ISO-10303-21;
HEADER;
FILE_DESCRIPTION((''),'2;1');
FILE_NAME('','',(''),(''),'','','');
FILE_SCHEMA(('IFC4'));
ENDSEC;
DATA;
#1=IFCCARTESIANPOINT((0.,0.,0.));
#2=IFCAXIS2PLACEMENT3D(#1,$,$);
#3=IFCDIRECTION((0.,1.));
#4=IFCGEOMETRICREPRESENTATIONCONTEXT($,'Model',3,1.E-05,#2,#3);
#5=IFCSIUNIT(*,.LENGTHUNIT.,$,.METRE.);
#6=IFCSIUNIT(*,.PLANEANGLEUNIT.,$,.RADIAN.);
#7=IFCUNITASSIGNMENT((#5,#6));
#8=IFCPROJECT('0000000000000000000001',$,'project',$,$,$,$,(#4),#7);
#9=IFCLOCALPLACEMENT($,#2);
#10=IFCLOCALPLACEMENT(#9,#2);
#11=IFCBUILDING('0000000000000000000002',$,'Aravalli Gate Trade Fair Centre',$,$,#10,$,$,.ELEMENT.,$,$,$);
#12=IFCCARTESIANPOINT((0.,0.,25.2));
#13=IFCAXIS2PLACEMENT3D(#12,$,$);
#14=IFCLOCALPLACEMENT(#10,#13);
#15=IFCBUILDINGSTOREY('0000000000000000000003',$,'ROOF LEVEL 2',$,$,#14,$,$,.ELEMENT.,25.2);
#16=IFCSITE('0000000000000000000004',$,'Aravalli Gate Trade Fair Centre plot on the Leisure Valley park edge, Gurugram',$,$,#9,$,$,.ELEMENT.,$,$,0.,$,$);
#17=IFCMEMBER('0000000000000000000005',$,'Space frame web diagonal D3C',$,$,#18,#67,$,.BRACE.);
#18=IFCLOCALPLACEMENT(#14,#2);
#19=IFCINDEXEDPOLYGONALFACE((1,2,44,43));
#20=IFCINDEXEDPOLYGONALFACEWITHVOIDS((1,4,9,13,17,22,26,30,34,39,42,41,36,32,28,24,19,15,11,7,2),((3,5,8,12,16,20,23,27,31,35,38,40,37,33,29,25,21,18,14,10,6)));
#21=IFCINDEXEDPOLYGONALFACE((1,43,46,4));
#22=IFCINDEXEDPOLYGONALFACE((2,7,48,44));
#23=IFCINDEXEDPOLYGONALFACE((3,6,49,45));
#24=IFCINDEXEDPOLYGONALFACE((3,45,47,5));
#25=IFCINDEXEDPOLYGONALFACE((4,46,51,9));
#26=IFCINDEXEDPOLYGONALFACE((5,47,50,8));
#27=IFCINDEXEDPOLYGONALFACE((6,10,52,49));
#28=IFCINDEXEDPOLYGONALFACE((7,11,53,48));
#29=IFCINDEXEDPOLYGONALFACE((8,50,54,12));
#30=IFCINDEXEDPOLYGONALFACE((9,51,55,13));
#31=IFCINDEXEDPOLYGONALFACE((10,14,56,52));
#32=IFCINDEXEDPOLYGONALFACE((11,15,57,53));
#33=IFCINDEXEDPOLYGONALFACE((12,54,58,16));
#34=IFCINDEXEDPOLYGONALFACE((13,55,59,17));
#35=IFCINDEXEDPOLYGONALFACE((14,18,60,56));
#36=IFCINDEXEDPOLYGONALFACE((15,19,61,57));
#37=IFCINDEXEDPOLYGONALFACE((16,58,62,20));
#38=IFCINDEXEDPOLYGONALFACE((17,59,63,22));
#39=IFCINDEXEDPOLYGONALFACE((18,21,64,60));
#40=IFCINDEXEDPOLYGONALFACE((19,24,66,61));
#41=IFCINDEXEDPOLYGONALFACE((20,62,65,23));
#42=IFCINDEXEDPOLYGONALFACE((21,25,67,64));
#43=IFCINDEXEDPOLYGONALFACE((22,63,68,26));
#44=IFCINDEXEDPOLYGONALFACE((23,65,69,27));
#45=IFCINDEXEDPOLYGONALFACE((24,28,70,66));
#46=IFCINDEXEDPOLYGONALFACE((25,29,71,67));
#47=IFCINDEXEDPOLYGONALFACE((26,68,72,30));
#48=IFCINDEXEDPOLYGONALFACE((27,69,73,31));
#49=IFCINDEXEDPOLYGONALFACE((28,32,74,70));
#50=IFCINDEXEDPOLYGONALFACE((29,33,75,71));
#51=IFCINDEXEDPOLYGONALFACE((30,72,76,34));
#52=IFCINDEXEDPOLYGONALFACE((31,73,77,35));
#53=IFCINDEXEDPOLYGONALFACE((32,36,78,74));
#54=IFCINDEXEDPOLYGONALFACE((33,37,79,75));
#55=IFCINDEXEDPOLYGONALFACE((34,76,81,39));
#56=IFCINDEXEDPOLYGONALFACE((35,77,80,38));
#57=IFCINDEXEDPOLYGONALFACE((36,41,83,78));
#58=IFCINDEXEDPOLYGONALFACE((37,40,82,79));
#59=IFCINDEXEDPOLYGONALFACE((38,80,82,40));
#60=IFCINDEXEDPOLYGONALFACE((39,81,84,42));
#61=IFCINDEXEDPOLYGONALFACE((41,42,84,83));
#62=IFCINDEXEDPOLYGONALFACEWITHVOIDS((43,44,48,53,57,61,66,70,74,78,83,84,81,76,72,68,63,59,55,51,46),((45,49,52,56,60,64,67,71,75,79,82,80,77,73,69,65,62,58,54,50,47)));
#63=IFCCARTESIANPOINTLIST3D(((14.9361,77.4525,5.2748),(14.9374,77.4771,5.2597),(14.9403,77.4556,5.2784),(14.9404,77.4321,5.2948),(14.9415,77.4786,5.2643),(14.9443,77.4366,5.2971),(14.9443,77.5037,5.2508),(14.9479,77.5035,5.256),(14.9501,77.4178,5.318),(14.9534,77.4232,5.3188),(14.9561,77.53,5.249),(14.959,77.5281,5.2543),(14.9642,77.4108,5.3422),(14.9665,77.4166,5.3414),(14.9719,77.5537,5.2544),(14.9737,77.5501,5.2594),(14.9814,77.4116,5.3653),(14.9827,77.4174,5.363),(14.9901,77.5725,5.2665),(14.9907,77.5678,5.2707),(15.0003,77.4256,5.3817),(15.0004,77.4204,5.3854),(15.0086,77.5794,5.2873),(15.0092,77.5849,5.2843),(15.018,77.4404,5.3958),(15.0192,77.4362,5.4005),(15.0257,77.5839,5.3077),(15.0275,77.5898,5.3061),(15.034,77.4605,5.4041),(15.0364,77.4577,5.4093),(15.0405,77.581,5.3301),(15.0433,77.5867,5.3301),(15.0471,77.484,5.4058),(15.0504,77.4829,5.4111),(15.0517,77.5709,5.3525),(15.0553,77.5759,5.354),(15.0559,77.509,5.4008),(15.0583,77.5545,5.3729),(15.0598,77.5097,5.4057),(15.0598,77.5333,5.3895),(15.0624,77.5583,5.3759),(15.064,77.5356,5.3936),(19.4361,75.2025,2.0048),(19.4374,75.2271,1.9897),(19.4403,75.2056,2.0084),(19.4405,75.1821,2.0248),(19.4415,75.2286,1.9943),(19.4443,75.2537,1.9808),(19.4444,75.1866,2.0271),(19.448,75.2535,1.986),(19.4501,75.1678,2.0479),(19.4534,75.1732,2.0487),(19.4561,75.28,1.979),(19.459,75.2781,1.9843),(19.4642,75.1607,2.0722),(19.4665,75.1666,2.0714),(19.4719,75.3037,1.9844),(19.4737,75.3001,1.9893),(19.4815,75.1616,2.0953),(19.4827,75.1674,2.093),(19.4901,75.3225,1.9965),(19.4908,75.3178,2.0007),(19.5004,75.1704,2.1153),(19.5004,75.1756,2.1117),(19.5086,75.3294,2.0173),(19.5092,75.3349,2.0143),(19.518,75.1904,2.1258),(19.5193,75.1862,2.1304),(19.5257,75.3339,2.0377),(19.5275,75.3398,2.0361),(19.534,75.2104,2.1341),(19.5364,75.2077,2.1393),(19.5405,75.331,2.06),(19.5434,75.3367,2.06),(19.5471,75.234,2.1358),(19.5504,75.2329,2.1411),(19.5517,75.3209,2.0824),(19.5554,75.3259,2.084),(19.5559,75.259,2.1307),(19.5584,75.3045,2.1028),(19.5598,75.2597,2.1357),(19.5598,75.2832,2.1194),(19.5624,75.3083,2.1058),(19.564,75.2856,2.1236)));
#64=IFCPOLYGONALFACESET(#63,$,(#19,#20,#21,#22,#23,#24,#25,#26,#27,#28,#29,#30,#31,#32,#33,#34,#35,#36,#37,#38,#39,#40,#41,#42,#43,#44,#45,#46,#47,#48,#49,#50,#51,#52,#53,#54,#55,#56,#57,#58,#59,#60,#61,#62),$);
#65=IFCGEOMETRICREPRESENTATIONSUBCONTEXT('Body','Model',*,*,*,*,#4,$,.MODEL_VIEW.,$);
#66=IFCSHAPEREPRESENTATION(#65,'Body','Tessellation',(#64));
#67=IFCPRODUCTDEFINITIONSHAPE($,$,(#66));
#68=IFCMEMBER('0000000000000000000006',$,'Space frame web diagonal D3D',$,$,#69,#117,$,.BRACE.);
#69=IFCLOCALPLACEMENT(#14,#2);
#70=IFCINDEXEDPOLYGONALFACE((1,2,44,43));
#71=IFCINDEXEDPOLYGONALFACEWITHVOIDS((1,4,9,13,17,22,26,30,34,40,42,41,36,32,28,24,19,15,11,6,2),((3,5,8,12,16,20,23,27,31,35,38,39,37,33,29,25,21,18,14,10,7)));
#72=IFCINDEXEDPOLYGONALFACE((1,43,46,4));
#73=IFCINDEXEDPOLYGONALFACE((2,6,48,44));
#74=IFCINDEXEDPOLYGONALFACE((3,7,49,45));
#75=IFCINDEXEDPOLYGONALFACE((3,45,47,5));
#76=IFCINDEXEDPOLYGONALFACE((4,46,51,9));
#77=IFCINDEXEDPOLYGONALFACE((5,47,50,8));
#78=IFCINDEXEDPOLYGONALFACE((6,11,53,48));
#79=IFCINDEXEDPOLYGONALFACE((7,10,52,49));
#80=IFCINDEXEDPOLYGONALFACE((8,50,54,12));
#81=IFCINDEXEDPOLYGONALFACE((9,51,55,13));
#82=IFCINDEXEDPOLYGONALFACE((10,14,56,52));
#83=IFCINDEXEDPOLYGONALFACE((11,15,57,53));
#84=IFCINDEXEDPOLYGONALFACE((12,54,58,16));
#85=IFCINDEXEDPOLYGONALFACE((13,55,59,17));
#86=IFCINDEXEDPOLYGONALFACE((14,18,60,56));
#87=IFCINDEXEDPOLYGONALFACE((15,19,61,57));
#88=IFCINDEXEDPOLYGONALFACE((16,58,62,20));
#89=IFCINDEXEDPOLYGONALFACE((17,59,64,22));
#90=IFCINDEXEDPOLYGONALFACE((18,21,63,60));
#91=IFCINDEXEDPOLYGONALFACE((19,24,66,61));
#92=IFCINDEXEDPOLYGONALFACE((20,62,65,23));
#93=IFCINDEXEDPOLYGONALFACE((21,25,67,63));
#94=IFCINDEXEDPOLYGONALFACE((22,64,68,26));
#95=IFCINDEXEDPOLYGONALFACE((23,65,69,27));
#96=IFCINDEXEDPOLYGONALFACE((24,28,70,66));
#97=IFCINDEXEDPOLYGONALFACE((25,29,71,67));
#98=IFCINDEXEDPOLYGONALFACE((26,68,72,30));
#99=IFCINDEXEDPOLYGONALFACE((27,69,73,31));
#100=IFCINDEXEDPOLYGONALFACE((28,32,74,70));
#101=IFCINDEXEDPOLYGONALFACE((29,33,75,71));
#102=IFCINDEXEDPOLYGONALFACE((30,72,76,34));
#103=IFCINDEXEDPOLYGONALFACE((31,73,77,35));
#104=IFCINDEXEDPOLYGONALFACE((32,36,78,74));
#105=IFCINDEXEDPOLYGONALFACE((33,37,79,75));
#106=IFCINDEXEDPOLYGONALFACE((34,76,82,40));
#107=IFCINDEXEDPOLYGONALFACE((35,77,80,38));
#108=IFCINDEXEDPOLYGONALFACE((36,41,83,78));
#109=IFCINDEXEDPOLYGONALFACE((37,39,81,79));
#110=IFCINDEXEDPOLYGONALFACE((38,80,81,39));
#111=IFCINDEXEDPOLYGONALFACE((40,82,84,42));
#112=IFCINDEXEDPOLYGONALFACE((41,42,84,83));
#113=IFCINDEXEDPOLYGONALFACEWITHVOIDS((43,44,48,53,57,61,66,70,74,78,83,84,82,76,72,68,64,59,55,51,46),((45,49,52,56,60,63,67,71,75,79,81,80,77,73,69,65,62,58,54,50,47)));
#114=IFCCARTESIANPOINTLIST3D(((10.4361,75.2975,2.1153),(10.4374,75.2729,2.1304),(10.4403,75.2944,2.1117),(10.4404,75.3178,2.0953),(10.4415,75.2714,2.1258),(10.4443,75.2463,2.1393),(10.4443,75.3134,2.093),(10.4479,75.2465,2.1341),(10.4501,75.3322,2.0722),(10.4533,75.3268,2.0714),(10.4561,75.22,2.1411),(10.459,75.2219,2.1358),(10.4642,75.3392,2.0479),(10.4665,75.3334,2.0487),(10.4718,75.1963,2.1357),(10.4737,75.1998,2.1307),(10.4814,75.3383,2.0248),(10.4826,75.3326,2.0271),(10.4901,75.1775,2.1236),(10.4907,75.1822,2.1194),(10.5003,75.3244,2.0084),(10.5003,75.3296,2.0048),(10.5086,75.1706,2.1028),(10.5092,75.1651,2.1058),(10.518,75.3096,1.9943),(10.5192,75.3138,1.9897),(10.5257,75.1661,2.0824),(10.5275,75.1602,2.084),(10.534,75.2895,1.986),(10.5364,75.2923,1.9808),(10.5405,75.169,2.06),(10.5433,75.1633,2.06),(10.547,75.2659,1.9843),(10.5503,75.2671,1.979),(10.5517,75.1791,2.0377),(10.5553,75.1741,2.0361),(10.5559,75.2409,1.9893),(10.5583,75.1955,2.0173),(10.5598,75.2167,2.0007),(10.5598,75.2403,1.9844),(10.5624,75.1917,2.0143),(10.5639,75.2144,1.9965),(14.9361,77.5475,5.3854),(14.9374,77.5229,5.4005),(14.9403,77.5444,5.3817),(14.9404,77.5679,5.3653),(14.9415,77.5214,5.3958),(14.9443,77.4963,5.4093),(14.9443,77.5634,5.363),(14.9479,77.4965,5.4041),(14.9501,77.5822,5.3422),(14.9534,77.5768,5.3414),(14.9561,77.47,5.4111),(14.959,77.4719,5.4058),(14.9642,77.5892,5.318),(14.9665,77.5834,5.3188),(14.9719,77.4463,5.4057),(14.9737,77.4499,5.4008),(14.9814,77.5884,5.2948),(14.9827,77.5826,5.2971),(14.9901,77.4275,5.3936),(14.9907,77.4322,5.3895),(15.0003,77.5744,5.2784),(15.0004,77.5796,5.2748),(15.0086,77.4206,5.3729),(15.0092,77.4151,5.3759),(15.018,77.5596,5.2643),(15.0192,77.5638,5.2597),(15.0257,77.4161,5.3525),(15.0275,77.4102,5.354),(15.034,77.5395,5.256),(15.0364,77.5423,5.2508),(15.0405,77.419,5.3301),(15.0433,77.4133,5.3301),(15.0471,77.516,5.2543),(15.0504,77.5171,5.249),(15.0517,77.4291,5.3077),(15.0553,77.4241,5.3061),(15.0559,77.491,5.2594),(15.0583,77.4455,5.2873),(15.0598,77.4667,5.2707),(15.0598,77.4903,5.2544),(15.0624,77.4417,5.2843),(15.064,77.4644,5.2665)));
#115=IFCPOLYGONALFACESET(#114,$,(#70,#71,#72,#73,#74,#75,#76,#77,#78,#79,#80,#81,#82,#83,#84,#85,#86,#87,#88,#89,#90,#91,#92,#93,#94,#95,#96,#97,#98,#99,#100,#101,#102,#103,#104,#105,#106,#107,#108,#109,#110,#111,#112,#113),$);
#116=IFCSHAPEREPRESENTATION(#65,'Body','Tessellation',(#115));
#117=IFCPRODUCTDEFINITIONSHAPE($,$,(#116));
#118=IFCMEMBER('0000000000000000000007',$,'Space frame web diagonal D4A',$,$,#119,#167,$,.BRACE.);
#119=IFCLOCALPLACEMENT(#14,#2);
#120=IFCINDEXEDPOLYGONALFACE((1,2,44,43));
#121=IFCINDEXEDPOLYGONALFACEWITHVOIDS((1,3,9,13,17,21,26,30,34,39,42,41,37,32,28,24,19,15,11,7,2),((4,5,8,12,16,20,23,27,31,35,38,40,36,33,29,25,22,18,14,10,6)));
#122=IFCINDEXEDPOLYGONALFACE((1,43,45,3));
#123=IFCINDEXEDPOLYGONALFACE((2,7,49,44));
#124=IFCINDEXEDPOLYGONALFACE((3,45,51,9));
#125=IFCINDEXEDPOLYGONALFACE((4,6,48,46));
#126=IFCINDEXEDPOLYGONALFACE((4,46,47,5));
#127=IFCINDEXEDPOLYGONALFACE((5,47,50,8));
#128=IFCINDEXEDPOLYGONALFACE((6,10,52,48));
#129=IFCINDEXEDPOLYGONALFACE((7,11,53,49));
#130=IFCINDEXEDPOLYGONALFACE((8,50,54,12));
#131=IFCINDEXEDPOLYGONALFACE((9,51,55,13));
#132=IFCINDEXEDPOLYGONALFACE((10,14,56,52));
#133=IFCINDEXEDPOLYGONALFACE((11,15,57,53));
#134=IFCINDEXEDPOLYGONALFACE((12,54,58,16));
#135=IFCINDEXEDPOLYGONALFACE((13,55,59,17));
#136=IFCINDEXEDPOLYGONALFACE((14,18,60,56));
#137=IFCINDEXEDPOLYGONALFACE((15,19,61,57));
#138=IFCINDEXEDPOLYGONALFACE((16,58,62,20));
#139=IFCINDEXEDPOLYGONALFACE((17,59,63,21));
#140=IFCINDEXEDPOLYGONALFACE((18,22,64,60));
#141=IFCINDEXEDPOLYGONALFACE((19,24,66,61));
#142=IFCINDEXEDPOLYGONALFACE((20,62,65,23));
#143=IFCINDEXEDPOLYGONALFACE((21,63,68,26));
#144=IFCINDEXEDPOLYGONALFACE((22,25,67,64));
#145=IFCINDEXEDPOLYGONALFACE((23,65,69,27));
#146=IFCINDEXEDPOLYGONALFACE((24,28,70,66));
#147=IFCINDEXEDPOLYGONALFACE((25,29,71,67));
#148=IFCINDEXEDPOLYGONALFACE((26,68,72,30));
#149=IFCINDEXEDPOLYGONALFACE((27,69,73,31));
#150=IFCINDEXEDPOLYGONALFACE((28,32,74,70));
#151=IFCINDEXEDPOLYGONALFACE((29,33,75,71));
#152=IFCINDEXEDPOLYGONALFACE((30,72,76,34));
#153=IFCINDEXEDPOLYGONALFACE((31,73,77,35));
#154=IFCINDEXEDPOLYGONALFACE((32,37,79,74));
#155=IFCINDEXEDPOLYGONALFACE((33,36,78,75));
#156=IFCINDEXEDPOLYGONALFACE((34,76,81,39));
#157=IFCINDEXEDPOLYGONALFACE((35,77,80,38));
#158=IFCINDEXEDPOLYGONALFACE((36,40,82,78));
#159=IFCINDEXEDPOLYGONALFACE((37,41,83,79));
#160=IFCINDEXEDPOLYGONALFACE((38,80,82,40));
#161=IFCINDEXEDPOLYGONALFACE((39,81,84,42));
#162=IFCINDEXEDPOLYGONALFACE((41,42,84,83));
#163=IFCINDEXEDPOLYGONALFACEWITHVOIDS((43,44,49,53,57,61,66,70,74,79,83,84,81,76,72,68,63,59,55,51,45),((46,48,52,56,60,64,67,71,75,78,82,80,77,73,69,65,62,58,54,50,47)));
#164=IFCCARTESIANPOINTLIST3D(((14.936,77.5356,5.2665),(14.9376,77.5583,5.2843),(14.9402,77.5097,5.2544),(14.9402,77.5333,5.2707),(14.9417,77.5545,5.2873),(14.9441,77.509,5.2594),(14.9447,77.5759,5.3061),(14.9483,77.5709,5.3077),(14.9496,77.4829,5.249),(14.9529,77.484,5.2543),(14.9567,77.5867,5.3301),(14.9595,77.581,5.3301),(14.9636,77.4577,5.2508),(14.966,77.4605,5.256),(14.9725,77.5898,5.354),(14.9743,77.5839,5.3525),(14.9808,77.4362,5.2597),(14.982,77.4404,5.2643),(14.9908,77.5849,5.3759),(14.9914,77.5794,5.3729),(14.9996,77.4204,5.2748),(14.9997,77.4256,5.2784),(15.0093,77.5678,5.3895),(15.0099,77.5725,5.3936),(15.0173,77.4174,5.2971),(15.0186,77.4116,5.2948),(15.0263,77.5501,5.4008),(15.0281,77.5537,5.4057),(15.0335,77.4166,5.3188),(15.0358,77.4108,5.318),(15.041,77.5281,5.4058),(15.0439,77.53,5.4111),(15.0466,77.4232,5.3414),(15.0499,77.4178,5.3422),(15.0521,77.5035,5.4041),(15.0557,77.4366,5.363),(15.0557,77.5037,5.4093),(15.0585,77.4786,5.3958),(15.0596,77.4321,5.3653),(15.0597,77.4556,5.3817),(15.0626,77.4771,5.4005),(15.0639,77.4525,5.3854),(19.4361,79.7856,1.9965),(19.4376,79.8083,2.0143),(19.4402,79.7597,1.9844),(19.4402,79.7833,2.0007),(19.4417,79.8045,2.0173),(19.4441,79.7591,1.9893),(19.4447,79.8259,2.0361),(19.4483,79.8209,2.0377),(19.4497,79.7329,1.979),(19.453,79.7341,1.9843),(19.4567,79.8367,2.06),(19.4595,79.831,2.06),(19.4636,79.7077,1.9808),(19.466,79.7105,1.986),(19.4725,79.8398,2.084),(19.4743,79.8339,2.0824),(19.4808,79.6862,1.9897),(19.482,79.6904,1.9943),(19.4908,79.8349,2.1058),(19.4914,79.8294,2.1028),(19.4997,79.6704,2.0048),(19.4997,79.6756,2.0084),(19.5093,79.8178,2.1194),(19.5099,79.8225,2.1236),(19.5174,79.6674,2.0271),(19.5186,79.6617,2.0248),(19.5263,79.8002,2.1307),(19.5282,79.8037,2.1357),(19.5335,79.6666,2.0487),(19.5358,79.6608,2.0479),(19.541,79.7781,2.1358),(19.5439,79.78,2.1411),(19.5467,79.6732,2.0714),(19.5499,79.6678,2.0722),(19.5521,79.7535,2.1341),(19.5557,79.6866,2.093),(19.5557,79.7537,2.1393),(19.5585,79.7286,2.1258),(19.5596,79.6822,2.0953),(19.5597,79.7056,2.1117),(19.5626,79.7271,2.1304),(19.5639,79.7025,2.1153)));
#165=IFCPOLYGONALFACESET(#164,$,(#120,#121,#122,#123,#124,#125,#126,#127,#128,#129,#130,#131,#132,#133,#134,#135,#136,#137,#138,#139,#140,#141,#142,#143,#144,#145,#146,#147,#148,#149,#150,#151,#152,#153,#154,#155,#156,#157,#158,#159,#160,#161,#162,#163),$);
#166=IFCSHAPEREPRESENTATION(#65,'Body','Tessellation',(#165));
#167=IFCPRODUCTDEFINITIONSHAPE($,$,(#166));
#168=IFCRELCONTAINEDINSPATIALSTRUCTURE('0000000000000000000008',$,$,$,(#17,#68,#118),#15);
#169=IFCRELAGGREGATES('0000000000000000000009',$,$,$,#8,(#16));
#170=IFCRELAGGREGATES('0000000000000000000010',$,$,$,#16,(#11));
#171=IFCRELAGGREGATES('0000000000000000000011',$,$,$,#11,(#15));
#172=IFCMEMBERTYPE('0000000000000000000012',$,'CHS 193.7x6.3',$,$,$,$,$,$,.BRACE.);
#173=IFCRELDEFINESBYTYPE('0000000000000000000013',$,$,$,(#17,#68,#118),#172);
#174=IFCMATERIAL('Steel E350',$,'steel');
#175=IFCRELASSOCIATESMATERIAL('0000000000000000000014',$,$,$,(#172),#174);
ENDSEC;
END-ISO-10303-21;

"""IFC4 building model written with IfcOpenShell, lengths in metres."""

from ifc_helpers import new_model, si_unit, direction, frame, origin, origin_2d, place, context, subcontext, project, spatial, hollow_circle, extrude, material, material_profile, profile_set, type_object, element, save


model = new_model("IFC4")

# Units and contexts
model_context = context("Model", 3, precision=1e-05, world=origin(), true_north=direction((0.0, 1.0)))
body_context = subcontext(model_context, "Body", "Model", "MODEL_VIEW")
ifc_project = project(units=[si_unit("LENGTHUNIT", "METRE"), si_unit("PLANEANGLEUNIT", "RADIAN")], contexts=[model_context])

# Site, building, storey
site_placement = place(None, origin())
site = spatial("IfcSite", under=ifc_project, at=site_placement, Name="Aravalli Gate Trade Fair Centre plot on the Leisure Valley park edge, Gurugram", CompositionType="ELEMENT", RefElevation=0.0)
building_placement = place(site_placement, origin())
building = spatial("IfcBuilding", under=site, at=building_placement, Name="Aravalli Gate Trade Fair Centre", CompositionType="ELEMENT")
storey_placement = place(building_placement, frame((0.0, 0.0, 25.2)))
storey = spatial("IfcBuildingStorey", under=building, at=storey_placement, Name="ROOF LEVEL 2", CompositionType="ELEMENT", Elevation=25.2)

# Members
ifc_material_1 = material(Name="Steel E350", Category="steel")
ifc_material_profile_1 = material_profile(ifc_material_1, hollow_circle(Radius=0.0969, WallThickness=0.0063, at=origin_2d()), Name="CHS 193.7x6.3")
ifc_profile_set_1 = profile_set([ifc_material_profile_1], Name="Steel E350")
member_type_1 = type_object("IfcMemberType", Name="CHS 193.7x6.3", PredefinedType="BRACE", material=ifc_profile_set_1)
for number, where, z_axis, x_axis, name in (
    (1, (15.0, 77.5, 5.3301), (0.749942, -0.374971, -0.544961), (0.447214, 0.894427, 0.0), "Space frame web diagonal D3C"),
    (2, (15.0, 77.5, 5.3301), (-0.749942, -0.374971, -0.544961), (0.447214, -0.894427, 0.0), "Space frame web diagonal D3D"),
    (3, (15.0, 77.5, 5.3301), (0.749942, 0.374971, -0.544961), (-0.447214, 0.894427, 0.0), "Space frame web diagonal D4A"),
):
    element("IfcMember", number, at=place(storey_placement, frame(where, z_axis=z_axis, x_axis=x_axis)), inside=storey, type_object=member_type_1, Name=name, PredefinedType="BRACE", context=body_context, shape_type="SweptSolid", body=[
        extrude(hollow_circle(Radius=0.0969, WallThickness=0.0063, at=origin_2d()), origin(), (0.0, 0.0, 1.0), 6.0005),
    ])

save(model, "model.ifc")
